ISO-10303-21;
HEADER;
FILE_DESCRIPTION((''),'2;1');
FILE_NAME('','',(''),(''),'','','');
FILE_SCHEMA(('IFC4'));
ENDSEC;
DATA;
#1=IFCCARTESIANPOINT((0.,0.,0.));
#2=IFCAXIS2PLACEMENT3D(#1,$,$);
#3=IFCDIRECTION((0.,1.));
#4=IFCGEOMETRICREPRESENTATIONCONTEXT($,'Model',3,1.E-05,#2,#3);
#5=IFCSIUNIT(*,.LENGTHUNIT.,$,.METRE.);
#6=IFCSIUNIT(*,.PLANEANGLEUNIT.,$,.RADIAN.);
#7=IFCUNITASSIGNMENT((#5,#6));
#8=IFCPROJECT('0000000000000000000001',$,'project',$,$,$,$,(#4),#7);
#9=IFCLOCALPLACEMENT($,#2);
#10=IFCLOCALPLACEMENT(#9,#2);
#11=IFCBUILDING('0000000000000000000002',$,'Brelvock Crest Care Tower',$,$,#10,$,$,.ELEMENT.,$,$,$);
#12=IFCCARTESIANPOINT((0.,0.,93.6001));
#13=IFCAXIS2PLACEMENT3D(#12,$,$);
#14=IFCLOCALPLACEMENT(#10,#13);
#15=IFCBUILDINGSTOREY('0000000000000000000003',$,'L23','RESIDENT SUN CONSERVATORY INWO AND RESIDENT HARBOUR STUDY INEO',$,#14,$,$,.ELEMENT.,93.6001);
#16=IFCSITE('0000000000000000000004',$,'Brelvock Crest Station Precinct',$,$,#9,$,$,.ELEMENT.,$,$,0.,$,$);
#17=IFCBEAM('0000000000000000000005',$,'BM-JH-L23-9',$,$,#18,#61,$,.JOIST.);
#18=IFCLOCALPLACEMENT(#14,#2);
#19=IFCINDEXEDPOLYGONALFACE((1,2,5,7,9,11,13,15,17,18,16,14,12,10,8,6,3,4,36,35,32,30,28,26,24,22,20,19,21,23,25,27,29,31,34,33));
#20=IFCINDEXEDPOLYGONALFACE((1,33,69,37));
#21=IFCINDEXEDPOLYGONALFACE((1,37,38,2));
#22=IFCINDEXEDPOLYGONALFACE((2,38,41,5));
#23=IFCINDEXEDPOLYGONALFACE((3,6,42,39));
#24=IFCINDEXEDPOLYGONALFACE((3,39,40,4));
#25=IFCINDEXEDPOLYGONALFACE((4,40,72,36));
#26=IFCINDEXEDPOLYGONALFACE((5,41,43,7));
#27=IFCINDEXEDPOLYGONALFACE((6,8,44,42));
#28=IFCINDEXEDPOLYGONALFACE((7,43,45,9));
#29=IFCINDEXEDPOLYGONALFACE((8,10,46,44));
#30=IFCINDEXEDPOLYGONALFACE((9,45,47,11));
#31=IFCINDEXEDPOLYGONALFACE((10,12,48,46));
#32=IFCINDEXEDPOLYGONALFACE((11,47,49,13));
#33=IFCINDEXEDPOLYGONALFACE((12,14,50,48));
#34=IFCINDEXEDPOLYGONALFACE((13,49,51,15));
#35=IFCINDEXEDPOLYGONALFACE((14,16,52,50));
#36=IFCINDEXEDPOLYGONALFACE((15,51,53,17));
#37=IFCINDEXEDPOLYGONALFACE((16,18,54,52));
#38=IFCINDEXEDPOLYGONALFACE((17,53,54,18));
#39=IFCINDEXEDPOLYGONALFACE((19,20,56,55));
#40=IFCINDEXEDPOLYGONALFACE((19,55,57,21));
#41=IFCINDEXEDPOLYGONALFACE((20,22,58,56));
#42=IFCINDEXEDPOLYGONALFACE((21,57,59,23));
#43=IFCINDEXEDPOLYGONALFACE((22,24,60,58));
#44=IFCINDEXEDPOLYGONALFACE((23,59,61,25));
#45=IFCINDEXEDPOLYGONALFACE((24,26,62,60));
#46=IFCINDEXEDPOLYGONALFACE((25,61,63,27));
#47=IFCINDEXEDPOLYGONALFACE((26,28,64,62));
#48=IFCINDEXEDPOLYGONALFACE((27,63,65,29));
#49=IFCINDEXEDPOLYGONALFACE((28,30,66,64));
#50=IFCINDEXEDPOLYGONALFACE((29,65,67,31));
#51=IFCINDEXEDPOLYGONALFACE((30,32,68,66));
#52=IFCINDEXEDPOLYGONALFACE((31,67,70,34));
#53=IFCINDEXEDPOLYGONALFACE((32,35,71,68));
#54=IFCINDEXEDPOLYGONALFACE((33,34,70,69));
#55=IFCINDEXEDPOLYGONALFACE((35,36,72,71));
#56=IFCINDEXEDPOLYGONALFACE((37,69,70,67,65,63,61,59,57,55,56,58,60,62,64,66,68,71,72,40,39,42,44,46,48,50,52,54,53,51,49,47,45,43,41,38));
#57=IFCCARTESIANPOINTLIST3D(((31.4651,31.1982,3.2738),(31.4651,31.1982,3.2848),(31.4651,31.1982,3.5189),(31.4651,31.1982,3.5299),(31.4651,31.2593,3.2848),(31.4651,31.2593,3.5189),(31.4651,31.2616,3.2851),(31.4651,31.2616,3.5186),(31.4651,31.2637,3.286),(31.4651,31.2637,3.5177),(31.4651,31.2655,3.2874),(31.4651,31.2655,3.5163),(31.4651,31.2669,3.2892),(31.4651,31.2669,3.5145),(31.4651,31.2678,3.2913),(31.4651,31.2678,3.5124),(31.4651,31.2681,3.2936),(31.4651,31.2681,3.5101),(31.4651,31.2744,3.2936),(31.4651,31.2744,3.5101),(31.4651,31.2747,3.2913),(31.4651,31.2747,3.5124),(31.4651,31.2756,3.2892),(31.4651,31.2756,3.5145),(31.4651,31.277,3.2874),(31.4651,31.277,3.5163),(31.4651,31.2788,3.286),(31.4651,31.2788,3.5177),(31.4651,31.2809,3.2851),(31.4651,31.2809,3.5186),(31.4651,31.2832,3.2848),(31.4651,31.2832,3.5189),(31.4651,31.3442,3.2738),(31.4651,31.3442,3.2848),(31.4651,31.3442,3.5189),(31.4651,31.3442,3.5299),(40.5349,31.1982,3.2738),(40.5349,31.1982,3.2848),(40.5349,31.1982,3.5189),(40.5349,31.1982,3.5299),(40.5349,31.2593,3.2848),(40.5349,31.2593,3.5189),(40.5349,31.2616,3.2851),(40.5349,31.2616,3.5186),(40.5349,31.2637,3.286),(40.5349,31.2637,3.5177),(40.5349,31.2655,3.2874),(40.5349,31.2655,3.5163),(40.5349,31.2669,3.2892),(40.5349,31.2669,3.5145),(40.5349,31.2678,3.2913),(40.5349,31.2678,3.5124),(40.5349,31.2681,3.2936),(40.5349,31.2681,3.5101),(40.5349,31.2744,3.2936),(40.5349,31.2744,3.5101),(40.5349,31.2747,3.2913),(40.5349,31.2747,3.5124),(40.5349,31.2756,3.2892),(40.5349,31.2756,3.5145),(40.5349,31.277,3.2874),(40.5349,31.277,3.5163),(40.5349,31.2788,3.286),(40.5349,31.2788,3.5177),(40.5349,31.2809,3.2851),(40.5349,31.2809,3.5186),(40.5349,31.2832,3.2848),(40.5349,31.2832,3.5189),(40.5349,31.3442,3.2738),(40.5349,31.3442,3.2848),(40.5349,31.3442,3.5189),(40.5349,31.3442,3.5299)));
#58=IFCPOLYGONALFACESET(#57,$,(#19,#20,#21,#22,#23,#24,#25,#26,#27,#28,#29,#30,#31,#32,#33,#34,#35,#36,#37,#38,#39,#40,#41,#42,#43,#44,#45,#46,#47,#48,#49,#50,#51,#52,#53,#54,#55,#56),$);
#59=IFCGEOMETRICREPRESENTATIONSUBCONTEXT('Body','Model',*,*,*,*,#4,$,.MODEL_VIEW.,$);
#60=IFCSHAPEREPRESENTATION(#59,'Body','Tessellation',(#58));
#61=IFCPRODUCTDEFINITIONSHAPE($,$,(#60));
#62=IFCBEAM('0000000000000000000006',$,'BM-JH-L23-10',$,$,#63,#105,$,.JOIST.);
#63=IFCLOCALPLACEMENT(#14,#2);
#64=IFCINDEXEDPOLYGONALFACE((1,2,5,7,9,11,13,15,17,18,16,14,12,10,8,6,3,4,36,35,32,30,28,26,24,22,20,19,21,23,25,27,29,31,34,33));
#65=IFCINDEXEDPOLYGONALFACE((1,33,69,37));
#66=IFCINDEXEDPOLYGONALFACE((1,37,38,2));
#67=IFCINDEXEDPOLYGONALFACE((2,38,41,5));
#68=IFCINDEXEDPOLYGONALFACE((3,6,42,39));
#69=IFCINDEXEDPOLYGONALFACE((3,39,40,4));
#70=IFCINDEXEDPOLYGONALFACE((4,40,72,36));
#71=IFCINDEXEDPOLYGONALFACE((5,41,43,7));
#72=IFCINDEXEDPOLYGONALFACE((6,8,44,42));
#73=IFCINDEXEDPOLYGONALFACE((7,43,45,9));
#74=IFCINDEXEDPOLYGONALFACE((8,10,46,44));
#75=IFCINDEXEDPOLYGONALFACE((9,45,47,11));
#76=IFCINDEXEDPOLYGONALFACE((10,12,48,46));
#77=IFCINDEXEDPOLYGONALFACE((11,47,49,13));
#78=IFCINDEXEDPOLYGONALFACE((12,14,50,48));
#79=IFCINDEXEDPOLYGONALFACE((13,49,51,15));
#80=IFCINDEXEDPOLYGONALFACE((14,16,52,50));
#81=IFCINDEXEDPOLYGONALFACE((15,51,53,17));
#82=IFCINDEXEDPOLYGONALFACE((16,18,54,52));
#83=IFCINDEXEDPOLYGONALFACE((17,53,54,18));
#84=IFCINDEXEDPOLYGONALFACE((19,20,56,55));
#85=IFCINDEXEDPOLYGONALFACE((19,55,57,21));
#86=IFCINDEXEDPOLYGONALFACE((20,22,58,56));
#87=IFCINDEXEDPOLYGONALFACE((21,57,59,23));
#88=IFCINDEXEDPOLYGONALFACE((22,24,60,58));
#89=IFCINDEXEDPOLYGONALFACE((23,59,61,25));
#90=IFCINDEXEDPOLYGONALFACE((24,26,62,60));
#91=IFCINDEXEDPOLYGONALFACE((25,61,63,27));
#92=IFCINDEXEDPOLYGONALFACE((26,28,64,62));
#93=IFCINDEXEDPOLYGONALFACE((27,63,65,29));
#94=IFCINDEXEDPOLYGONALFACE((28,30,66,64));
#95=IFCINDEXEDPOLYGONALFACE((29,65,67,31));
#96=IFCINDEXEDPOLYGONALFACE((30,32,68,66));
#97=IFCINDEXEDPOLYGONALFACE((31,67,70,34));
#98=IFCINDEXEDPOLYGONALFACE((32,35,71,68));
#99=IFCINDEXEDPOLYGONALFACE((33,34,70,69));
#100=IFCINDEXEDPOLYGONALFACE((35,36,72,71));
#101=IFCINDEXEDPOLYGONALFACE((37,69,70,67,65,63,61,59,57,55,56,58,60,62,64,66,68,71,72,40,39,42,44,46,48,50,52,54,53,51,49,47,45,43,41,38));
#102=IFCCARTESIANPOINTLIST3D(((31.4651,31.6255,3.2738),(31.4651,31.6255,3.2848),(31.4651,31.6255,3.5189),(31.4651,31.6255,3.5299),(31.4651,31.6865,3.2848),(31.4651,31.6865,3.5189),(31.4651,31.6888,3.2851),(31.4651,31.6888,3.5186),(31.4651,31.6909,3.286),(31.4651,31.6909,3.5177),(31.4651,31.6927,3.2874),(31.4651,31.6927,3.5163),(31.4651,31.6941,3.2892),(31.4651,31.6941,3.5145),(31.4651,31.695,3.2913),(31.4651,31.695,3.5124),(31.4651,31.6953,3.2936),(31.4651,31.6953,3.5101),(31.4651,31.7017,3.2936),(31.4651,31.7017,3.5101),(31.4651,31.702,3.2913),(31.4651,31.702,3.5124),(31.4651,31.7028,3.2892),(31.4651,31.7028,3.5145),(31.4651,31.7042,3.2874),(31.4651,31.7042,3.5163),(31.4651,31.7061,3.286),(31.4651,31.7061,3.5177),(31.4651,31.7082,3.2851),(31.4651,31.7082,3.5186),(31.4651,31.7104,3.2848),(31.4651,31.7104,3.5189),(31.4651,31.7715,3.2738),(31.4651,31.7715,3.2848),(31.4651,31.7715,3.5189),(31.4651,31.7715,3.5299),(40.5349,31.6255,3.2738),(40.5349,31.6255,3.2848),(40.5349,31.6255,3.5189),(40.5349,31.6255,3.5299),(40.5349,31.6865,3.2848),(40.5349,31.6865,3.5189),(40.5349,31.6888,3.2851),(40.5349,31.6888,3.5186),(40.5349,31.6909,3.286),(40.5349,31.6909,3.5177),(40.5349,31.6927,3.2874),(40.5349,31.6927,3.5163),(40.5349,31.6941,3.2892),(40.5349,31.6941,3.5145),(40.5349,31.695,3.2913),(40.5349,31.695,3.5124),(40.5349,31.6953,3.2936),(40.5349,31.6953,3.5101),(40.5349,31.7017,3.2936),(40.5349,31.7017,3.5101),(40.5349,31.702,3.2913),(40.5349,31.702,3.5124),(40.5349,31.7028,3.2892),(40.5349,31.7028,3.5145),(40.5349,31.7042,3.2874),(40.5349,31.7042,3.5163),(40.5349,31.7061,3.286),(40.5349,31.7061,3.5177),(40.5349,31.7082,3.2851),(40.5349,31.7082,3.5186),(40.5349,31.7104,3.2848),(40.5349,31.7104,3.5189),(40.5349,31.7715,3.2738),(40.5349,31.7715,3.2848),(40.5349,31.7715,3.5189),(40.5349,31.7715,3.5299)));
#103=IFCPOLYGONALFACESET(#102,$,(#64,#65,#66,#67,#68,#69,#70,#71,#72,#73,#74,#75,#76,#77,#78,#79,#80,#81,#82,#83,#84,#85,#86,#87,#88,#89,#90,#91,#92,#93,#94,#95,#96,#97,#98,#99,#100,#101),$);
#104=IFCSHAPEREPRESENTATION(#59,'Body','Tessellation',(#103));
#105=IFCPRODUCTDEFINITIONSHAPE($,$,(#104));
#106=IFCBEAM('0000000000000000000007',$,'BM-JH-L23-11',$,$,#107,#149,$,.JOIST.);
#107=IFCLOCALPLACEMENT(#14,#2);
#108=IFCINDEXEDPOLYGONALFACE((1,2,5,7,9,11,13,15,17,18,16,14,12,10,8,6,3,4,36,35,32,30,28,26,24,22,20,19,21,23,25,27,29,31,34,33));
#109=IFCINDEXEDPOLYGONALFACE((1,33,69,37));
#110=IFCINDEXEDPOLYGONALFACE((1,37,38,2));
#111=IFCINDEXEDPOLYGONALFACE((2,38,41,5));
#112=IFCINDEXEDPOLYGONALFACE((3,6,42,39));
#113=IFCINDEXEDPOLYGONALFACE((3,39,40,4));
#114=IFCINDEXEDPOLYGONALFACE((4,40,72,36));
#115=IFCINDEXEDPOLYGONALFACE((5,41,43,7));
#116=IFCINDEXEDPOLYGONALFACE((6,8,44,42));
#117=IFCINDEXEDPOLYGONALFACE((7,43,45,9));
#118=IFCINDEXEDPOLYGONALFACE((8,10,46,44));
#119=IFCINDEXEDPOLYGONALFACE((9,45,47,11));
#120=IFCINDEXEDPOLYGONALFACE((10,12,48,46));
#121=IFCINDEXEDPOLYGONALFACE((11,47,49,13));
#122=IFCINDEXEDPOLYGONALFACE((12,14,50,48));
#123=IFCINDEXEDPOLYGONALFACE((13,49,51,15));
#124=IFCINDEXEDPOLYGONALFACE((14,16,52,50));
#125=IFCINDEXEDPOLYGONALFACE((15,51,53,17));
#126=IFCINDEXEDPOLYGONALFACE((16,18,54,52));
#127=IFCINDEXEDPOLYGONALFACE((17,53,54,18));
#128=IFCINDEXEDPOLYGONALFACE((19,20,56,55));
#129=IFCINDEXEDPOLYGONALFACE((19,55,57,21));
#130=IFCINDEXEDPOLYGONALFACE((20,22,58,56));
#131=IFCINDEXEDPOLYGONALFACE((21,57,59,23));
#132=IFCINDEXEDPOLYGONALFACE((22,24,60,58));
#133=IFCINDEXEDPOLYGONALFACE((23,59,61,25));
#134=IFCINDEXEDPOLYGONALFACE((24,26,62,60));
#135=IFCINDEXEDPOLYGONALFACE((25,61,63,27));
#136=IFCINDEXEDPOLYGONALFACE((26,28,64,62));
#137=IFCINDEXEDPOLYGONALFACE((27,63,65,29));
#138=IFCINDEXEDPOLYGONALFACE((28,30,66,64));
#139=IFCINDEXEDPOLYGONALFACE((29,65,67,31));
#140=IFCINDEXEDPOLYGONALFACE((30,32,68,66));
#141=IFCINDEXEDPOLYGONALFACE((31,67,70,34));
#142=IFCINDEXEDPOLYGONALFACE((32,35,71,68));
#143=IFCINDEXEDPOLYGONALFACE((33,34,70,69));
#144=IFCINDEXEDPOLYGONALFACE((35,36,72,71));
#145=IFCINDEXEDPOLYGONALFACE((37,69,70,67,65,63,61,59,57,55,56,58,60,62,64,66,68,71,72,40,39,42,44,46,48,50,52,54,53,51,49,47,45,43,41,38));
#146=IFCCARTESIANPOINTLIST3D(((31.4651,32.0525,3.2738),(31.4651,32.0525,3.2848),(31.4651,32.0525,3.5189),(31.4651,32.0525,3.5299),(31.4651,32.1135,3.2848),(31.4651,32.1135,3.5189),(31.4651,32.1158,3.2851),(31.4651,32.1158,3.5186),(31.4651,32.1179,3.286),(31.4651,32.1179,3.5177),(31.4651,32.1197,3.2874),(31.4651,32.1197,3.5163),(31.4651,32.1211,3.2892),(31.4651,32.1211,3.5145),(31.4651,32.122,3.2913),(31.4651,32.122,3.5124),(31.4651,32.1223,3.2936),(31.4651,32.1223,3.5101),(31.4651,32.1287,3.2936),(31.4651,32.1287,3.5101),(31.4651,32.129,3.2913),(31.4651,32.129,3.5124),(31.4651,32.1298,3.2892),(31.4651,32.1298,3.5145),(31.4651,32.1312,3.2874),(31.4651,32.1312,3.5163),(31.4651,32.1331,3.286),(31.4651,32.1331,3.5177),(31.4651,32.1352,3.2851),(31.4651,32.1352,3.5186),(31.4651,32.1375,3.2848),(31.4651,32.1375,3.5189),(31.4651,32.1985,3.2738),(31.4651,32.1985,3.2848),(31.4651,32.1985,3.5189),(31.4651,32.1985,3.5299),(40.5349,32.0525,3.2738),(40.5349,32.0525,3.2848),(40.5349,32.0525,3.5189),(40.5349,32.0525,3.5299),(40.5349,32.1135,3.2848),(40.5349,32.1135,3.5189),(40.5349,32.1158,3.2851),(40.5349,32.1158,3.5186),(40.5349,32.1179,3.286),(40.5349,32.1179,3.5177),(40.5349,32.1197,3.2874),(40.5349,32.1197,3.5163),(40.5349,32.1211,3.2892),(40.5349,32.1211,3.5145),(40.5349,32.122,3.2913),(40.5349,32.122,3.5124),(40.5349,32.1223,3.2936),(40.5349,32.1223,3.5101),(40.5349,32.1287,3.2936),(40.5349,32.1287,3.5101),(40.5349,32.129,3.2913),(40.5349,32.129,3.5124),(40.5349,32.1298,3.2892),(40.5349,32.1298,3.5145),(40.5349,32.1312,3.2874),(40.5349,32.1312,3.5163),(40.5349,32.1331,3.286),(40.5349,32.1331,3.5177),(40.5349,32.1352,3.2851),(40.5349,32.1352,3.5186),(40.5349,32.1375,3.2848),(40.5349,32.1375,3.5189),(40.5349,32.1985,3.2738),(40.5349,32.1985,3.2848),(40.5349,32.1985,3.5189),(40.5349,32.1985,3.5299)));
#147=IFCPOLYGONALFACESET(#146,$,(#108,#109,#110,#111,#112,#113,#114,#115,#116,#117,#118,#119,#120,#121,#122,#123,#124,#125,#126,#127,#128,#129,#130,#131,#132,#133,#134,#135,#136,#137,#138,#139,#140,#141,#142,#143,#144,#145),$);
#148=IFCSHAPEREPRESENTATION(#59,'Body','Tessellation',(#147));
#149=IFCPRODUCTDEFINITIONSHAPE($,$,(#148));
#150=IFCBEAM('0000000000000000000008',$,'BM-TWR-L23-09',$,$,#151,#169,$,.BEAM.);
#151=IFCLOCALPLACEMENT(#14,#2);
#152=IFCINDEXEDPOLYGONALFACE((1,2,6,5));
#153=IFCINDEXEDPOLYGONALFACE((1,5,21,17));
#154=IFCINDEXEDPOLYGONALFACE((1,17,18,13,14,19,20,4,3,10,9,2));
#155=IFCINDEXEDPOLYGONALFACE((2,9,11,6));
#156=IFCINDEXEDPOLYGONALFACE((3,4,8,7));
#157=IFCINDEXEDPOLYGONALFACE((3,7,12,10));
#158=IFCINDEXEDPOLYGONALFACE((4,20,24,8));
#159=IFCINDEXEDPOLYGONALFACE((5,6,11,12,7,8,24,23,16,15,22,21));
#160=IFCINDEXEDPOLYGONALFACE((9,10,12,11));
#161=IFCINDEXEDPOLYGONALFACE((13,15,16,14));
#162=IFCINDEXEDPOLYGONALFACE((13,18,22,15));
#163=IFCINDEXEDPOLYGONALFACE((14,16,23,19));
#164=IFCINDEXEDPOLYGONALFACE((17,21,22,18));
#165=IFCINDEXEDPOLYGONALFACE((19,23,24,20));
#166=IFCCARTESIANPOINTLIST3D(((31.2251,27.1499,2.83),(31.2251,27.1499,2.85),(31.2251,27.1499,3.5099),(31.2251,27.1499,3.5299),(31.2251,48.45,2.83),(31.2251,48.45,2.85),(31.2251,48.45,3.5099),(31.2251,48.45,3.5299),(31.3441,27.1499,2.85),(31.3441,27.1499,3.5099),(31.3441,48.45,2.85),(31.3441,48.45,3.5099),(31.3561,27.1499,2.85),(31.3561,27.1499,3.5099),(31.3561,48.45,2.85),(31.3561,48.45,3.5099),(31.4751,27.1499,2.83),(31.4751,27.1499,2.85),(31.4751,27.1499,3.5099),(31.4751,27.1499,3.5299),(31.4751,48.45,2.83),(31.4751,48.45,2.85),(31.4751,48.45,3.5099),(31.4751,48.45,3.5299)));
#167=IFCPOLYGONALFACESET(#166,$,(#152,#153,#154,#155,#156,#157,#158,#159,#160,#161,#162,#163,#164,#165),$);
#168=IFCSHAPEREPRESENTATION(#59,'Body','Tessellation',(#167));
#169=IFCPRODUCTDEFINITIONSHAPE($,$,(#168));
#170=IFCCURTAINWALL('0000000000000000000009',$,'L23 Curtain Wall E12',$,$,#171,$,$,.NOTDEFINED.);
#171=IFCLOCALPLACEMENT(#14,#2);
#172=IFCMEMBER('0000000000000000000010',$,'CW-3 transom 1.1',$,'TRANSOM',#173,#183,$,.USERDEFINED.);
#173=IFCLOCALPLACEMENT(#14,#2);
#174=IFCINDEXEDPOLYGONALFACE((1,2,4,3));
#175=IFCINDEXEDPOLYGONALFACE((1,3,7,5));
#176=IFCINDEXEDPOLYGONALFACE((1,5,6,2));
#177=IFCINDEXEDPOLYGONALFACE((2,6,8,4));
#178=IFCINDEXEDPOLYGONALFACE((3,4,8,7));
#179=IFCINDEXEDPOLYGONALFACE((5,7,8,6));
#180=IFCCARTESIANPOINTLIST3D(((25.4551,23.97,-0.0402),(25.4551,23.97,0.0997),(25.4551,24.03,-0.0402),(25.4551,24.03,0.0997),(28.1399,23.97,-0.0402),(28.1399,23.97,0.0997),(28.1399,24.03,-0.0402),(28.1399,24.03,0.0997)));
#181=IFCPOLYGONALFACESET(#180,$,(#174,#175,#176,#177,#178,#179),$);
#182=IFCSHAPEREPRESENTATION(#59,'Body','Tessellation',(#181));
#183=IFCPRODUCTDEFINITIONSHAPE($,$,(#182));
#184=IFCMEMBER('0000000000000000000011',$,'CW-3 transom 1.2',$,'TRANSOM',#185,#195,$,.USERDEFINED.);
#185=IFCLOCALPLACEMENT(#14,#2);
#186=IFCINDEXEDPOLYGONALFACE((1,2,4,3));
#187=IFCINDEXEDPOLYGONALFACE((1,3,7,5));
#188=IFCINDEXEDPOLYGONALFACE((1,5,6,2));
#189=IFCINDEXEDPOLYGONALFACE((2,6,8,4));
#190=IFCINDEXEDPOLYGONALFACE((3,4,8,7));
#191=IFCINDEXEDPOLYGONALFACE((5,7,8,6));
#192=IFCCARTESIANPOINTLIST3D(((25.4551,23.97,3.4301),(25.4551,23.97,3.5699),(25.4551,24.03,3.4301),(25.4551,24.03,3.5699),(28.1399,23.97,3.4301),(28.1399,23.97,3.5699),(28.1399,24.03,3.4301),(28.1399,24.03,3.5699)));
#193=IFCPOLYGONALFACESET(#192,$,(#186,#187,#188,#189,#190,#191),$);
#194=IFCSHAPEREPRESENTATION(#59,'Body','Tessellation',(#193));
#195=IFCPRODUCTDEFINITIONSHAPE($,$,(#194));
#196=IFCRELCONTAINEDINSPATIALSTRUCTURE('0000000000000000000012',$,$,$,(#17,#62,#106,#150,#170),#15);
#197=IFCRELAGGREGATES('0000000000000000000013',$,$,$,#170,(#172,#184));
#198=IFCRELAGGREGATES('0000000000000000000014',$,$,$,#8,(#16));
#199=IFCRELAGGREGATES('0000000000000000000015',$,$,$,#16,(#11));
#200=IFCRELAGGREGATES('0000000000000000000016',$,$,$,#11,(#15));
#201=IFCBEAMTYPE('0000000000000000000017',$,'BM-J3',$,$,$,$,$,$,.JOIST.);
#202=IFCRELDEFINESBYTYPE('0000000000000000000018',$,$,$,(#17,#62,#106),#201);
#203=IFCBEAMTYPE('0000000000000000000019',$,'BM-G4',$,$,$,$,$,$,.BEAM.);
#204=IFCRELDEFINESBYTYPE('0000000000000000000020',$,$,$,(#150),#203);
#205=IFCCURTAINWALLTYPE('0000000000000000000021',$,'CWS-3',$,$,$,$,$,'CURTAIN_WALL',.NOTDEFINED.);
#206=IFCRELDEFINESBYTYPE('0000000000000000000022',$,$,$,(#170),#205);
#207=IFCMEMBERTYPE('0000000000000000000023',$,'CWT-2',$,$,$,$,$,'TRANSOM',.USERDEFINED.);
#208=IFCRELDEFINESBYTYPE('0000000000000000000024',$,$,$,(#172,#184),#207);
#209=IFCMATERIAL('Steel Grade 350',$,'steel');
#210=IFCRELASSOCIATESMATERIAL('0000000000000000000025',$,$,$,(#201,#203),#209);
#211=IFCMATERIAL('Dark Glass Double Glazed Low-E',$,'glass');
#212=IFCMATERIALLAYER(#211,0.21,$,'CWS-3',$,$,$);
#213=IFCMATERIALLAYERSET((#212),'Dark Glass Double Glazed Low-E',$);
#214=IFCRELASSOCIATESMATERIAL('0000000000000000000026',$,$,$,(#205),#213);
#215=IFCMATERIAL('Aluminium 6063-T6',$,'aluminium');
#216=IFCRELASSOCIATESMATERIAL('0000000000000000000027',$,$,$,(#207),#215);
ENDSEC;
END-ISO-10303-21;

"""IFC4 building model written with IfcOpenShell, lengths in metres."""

from ifc_helpers import new_model, si_unit, direction, frame, origin, origin_2d, place, context, subcontext, project, spatial, rectangle, i_section, extrude, source, transform, mapped, material, layer, layer_set, material_profile, profile_set, type_object, element, aggregate, save


model = new_model("IFC4")

# Units and contexts
model_context = context("Model", 3, precision=1e-05, world=origin(), true_north=direction((0.0, 1.0)))
body_context = subcontext(model_context, "Body", "Model", "MODEL_VIEW")
ifc_project = project(units=[si_unit("LENGTHUNIT", "METRE"), si_unit("PLANEANGLEUNIT", "RADIAN")], contexts=[model_context])

# Site, building, storey
site_placement = place(None, origin())
site = spatial("IfcSite", under=ifc_project, at=site_placement, Name="Brelvock Crest Station Precinct", CompositionType="ELEMENT", RefElevation=0.0)
building_placement = place(site_placement, origin())
building = spatial("IfcBuilding", under=site, at=building_placement, Name="Brelvock Crest Care Tower", CompositionType="ELEMENT")
storey_placement = place(building_placement, frame((0.0, 0.0, 93.6001)))
storey = spatial("IfcBuildingStorey", under=building, at=storey_placement, Name="L23", Description="RESIDENT SUN CONSERVATORY INWO AND RESIDENT HARBOUR STUDY INEO", CompositionType="ELEMENT", Elevation=93.6001)

# Shared definitions
ifc_material_1 = material(Name="Steel Grade 350", Category="steel")

# Beams
ifc_material_profile_1 = material_profile(ifc_material_1, i_section(OverallWidth=0.146, OverallDepth=0.2561, WebThickness=0.0063, FlangeThickness=0.011, FilletRadius=0.0088, at=origin_2d()), Name="250UB37.3")
ifc_profile_set_1 = profile_set([ifc_material_profile_1], Name="Steel Grade 350")
beam_type_1 = type_object("IfcBeamType", Name="BM-J3", PredefinedType="JOIST", material=ifc_profile_set_1)
shared_shape_1 = source(origin(), body_context, "Body", "SweptSolid", [
    extrude(i_section(OverallWidth=0.146, OverallDepth=0.2561, WebThickness=0.0063, FlangeThickness=0.011, FilletRadius=0.0088, at=origin_2d()), origin(), (0.0, 0.0, 1.0), 9.0698),
])
for number, where, z_axis, x_axis, name in (
    (1, (31.4651, 31.2712, 3.4019), (1.0, 0.0, 0.0), (0.0, 1.0, 0.0), "BM-JH-L23-9"),
    (2, (31.4651, 31.6985, 3.4019), (1.0, 0.0, 0.0), (0.0, 1.0, 0.0), "BM-JH-L23-10"),
    (3, (31.4651, 32.1255, 3.4019), (1.0, 0.0, 0.0), (0.0, 1.0, 0.0), "BM-JH-L23-11"),
):
    element("IfcBeam", number, at=place(storey_placement, frame(where, z_axis=z_axis, x_axis=x_axis)), inside=storey, type_object=beam_type_1, Name=name, PredefinedType="JOIST", context=body_context, shape_type="MappedRepresentation", body=[
        mapped(shared_shape_1, transform((0.0, 0.0, 0.0), x_axis=(1.0, 0.0, 0.0), y_axis=(0.0, 1.0, 0.0), z_axis=(0.0, 0.0, 1.0), scale=1.0)),
    ])
ifc_material_profile_2 = material_profile(ifc_material_1, i_section(OverallWidth=0.25, OverallDepth=0.7, WebThickness=0.012, FlangeThickness=0.02, at=origin_2d()), Name="700WB150")
ifc_profile_set_2 = profile_set([ifc_material_profile_2], Name="Steel Grade 350")
beam_type_2 = type_object("IfcBeamType", Name="BM-G4", PredefinedType="BEAM", material=ifc_profile_set_2)
shared_shape_2 = source(origin(), body_context, "Body", "SweptSolid", [
    extrude(i_section(OverallWidth=0.25, OverallDepth=0.7, WebThickness=0.012, FlangeThickness=0.02, at=origin_2d()), origin(), (0.0, 0.0, 1.0), 21.3),
])
beam_1_placement = place(storey_placement, frame((31.3501, 27.1499, 3.1799), z_axis=(0.0, 1.0, 0.0), x_axis=(-1.0, 0.0, 0.0)))
element("IfcBeam", 4, at=beam_1_placement, inside=storey, type_object=beam_type_2, Name="BM-TWR-L23-09", PredefinedType="BEAM", context=body_context, shape_type="MappedRepresentation", body=[
    mapped(shared_shape_2, transform((0.0, 0.0, 0.0), x_axis=(1.0, 0.0, 0.0), y_axis=(0.0, 1.0, 0.0), z_axis=(0.0, 0.0, 1.0), scale=1.0)),
])

# Curtain wall, members
ifc_material_2 = material(Name="Dark Glass Double Glazed Low-E", Category="glass")
ifc_layer_1 = layer(ifc_material_2, 0.21, Name="CWS-3")
ifc_layer_set_1 = layer_set([ifc_layer_1], Name="Dark Glass Double Glazed Low-E")
curtain_wall_type = type_object("IfcCurtainWallType", Name="CWS-3", ElementType="CURTAIN_WALL", PredefinedType="NOTDEFINED", material=ifc_layer_set_1)
curtain_wall_placement = place(storey_placement, origin())
curtain_wall = element("IfcCurtainWall", 5, at=curtain_wall_placement, inside=storey, type_object=curtain_wall_type, Name="L23 Curtain Wall E12", PredefinedType="NOTDEFINED")
ifc_material_3 = material(Name="Aluminium 6063-T6", Category="aluminium")
ifc_material_profile_3 = material_profile(ifc_material_3, rectangle(XDim=0.0601, YDim=0.1399, at=origin_2d()), Name="ALU60x140")
ifc_profile_set_3 = profile_set([ifc_material_profile_3], Name="Aluminium 6063-T6")
member_type_1 = type_object("IfcMemberType", Name="CWT-2", ElementType="TRANSOM", PredefinedType="USERDEFINED", material=ifc_profile_set_3)
shared_shape_3 = source(origin(), body_context, "Body", "SweptSolid", [
    extrude(rectangle(XDim=0.0601, YDim=0.1399, at=origin_2d()), origin(), (0.0, 0.0, 1.0), 2.6848),
])
member_1_placement = place(storey_placement, frame((28.1399, 24.0, 0.0298), z_axis=(-1.0, 0.0, 0.0), x_axis=(0.0, -1.0, 0.0)))
member_1 = element("IfcMember", 6, at=member_1_placement, type_object=member_type_1, Name="CW-3 transom 1.1", ObjectType="TRANSOM", PredefinedType="USERDEFINED", context=body_context, shape_type="MappedRepresentation", body=[
    mapped(shared_shape_3, transform((0.0, 0.0, 0.0), x_axis=(1.0, 0.0, 0.0), y_axis=(0.0, 1.0, 0.0), z_axis=(0.0, 0.0, 1.0), scale=1.0)),
])
member_2_placement = place(storey_placement, frame((28.1399, 24.0, 3.5), z_axis=(-1.0, 0.0, 0.0), x_axis=(0.0, -1.0, 0.0)))
member_2 = element("IfcMember", 7, at=member_2_placement, type_object=member_type_1, Name="CW-3 transom 1.2", ObjectType="TRANSOM", PredefinedType="USERDEFINED", context=body_context, shape_type="MappedRepresentation", body=[
    mapped(shared_shape_3, transform((0.0, 0.0, 0.0), x_axis=(1.0, 0.0, 0.0), y_axis=(0.0, 1.0, 0.0), z_axis=(0.0, 0.0, 1.0), scale=1.0)),
])
aggregate(curtain_wall, [member_1, member_2])

save(model, "model.ifc")
